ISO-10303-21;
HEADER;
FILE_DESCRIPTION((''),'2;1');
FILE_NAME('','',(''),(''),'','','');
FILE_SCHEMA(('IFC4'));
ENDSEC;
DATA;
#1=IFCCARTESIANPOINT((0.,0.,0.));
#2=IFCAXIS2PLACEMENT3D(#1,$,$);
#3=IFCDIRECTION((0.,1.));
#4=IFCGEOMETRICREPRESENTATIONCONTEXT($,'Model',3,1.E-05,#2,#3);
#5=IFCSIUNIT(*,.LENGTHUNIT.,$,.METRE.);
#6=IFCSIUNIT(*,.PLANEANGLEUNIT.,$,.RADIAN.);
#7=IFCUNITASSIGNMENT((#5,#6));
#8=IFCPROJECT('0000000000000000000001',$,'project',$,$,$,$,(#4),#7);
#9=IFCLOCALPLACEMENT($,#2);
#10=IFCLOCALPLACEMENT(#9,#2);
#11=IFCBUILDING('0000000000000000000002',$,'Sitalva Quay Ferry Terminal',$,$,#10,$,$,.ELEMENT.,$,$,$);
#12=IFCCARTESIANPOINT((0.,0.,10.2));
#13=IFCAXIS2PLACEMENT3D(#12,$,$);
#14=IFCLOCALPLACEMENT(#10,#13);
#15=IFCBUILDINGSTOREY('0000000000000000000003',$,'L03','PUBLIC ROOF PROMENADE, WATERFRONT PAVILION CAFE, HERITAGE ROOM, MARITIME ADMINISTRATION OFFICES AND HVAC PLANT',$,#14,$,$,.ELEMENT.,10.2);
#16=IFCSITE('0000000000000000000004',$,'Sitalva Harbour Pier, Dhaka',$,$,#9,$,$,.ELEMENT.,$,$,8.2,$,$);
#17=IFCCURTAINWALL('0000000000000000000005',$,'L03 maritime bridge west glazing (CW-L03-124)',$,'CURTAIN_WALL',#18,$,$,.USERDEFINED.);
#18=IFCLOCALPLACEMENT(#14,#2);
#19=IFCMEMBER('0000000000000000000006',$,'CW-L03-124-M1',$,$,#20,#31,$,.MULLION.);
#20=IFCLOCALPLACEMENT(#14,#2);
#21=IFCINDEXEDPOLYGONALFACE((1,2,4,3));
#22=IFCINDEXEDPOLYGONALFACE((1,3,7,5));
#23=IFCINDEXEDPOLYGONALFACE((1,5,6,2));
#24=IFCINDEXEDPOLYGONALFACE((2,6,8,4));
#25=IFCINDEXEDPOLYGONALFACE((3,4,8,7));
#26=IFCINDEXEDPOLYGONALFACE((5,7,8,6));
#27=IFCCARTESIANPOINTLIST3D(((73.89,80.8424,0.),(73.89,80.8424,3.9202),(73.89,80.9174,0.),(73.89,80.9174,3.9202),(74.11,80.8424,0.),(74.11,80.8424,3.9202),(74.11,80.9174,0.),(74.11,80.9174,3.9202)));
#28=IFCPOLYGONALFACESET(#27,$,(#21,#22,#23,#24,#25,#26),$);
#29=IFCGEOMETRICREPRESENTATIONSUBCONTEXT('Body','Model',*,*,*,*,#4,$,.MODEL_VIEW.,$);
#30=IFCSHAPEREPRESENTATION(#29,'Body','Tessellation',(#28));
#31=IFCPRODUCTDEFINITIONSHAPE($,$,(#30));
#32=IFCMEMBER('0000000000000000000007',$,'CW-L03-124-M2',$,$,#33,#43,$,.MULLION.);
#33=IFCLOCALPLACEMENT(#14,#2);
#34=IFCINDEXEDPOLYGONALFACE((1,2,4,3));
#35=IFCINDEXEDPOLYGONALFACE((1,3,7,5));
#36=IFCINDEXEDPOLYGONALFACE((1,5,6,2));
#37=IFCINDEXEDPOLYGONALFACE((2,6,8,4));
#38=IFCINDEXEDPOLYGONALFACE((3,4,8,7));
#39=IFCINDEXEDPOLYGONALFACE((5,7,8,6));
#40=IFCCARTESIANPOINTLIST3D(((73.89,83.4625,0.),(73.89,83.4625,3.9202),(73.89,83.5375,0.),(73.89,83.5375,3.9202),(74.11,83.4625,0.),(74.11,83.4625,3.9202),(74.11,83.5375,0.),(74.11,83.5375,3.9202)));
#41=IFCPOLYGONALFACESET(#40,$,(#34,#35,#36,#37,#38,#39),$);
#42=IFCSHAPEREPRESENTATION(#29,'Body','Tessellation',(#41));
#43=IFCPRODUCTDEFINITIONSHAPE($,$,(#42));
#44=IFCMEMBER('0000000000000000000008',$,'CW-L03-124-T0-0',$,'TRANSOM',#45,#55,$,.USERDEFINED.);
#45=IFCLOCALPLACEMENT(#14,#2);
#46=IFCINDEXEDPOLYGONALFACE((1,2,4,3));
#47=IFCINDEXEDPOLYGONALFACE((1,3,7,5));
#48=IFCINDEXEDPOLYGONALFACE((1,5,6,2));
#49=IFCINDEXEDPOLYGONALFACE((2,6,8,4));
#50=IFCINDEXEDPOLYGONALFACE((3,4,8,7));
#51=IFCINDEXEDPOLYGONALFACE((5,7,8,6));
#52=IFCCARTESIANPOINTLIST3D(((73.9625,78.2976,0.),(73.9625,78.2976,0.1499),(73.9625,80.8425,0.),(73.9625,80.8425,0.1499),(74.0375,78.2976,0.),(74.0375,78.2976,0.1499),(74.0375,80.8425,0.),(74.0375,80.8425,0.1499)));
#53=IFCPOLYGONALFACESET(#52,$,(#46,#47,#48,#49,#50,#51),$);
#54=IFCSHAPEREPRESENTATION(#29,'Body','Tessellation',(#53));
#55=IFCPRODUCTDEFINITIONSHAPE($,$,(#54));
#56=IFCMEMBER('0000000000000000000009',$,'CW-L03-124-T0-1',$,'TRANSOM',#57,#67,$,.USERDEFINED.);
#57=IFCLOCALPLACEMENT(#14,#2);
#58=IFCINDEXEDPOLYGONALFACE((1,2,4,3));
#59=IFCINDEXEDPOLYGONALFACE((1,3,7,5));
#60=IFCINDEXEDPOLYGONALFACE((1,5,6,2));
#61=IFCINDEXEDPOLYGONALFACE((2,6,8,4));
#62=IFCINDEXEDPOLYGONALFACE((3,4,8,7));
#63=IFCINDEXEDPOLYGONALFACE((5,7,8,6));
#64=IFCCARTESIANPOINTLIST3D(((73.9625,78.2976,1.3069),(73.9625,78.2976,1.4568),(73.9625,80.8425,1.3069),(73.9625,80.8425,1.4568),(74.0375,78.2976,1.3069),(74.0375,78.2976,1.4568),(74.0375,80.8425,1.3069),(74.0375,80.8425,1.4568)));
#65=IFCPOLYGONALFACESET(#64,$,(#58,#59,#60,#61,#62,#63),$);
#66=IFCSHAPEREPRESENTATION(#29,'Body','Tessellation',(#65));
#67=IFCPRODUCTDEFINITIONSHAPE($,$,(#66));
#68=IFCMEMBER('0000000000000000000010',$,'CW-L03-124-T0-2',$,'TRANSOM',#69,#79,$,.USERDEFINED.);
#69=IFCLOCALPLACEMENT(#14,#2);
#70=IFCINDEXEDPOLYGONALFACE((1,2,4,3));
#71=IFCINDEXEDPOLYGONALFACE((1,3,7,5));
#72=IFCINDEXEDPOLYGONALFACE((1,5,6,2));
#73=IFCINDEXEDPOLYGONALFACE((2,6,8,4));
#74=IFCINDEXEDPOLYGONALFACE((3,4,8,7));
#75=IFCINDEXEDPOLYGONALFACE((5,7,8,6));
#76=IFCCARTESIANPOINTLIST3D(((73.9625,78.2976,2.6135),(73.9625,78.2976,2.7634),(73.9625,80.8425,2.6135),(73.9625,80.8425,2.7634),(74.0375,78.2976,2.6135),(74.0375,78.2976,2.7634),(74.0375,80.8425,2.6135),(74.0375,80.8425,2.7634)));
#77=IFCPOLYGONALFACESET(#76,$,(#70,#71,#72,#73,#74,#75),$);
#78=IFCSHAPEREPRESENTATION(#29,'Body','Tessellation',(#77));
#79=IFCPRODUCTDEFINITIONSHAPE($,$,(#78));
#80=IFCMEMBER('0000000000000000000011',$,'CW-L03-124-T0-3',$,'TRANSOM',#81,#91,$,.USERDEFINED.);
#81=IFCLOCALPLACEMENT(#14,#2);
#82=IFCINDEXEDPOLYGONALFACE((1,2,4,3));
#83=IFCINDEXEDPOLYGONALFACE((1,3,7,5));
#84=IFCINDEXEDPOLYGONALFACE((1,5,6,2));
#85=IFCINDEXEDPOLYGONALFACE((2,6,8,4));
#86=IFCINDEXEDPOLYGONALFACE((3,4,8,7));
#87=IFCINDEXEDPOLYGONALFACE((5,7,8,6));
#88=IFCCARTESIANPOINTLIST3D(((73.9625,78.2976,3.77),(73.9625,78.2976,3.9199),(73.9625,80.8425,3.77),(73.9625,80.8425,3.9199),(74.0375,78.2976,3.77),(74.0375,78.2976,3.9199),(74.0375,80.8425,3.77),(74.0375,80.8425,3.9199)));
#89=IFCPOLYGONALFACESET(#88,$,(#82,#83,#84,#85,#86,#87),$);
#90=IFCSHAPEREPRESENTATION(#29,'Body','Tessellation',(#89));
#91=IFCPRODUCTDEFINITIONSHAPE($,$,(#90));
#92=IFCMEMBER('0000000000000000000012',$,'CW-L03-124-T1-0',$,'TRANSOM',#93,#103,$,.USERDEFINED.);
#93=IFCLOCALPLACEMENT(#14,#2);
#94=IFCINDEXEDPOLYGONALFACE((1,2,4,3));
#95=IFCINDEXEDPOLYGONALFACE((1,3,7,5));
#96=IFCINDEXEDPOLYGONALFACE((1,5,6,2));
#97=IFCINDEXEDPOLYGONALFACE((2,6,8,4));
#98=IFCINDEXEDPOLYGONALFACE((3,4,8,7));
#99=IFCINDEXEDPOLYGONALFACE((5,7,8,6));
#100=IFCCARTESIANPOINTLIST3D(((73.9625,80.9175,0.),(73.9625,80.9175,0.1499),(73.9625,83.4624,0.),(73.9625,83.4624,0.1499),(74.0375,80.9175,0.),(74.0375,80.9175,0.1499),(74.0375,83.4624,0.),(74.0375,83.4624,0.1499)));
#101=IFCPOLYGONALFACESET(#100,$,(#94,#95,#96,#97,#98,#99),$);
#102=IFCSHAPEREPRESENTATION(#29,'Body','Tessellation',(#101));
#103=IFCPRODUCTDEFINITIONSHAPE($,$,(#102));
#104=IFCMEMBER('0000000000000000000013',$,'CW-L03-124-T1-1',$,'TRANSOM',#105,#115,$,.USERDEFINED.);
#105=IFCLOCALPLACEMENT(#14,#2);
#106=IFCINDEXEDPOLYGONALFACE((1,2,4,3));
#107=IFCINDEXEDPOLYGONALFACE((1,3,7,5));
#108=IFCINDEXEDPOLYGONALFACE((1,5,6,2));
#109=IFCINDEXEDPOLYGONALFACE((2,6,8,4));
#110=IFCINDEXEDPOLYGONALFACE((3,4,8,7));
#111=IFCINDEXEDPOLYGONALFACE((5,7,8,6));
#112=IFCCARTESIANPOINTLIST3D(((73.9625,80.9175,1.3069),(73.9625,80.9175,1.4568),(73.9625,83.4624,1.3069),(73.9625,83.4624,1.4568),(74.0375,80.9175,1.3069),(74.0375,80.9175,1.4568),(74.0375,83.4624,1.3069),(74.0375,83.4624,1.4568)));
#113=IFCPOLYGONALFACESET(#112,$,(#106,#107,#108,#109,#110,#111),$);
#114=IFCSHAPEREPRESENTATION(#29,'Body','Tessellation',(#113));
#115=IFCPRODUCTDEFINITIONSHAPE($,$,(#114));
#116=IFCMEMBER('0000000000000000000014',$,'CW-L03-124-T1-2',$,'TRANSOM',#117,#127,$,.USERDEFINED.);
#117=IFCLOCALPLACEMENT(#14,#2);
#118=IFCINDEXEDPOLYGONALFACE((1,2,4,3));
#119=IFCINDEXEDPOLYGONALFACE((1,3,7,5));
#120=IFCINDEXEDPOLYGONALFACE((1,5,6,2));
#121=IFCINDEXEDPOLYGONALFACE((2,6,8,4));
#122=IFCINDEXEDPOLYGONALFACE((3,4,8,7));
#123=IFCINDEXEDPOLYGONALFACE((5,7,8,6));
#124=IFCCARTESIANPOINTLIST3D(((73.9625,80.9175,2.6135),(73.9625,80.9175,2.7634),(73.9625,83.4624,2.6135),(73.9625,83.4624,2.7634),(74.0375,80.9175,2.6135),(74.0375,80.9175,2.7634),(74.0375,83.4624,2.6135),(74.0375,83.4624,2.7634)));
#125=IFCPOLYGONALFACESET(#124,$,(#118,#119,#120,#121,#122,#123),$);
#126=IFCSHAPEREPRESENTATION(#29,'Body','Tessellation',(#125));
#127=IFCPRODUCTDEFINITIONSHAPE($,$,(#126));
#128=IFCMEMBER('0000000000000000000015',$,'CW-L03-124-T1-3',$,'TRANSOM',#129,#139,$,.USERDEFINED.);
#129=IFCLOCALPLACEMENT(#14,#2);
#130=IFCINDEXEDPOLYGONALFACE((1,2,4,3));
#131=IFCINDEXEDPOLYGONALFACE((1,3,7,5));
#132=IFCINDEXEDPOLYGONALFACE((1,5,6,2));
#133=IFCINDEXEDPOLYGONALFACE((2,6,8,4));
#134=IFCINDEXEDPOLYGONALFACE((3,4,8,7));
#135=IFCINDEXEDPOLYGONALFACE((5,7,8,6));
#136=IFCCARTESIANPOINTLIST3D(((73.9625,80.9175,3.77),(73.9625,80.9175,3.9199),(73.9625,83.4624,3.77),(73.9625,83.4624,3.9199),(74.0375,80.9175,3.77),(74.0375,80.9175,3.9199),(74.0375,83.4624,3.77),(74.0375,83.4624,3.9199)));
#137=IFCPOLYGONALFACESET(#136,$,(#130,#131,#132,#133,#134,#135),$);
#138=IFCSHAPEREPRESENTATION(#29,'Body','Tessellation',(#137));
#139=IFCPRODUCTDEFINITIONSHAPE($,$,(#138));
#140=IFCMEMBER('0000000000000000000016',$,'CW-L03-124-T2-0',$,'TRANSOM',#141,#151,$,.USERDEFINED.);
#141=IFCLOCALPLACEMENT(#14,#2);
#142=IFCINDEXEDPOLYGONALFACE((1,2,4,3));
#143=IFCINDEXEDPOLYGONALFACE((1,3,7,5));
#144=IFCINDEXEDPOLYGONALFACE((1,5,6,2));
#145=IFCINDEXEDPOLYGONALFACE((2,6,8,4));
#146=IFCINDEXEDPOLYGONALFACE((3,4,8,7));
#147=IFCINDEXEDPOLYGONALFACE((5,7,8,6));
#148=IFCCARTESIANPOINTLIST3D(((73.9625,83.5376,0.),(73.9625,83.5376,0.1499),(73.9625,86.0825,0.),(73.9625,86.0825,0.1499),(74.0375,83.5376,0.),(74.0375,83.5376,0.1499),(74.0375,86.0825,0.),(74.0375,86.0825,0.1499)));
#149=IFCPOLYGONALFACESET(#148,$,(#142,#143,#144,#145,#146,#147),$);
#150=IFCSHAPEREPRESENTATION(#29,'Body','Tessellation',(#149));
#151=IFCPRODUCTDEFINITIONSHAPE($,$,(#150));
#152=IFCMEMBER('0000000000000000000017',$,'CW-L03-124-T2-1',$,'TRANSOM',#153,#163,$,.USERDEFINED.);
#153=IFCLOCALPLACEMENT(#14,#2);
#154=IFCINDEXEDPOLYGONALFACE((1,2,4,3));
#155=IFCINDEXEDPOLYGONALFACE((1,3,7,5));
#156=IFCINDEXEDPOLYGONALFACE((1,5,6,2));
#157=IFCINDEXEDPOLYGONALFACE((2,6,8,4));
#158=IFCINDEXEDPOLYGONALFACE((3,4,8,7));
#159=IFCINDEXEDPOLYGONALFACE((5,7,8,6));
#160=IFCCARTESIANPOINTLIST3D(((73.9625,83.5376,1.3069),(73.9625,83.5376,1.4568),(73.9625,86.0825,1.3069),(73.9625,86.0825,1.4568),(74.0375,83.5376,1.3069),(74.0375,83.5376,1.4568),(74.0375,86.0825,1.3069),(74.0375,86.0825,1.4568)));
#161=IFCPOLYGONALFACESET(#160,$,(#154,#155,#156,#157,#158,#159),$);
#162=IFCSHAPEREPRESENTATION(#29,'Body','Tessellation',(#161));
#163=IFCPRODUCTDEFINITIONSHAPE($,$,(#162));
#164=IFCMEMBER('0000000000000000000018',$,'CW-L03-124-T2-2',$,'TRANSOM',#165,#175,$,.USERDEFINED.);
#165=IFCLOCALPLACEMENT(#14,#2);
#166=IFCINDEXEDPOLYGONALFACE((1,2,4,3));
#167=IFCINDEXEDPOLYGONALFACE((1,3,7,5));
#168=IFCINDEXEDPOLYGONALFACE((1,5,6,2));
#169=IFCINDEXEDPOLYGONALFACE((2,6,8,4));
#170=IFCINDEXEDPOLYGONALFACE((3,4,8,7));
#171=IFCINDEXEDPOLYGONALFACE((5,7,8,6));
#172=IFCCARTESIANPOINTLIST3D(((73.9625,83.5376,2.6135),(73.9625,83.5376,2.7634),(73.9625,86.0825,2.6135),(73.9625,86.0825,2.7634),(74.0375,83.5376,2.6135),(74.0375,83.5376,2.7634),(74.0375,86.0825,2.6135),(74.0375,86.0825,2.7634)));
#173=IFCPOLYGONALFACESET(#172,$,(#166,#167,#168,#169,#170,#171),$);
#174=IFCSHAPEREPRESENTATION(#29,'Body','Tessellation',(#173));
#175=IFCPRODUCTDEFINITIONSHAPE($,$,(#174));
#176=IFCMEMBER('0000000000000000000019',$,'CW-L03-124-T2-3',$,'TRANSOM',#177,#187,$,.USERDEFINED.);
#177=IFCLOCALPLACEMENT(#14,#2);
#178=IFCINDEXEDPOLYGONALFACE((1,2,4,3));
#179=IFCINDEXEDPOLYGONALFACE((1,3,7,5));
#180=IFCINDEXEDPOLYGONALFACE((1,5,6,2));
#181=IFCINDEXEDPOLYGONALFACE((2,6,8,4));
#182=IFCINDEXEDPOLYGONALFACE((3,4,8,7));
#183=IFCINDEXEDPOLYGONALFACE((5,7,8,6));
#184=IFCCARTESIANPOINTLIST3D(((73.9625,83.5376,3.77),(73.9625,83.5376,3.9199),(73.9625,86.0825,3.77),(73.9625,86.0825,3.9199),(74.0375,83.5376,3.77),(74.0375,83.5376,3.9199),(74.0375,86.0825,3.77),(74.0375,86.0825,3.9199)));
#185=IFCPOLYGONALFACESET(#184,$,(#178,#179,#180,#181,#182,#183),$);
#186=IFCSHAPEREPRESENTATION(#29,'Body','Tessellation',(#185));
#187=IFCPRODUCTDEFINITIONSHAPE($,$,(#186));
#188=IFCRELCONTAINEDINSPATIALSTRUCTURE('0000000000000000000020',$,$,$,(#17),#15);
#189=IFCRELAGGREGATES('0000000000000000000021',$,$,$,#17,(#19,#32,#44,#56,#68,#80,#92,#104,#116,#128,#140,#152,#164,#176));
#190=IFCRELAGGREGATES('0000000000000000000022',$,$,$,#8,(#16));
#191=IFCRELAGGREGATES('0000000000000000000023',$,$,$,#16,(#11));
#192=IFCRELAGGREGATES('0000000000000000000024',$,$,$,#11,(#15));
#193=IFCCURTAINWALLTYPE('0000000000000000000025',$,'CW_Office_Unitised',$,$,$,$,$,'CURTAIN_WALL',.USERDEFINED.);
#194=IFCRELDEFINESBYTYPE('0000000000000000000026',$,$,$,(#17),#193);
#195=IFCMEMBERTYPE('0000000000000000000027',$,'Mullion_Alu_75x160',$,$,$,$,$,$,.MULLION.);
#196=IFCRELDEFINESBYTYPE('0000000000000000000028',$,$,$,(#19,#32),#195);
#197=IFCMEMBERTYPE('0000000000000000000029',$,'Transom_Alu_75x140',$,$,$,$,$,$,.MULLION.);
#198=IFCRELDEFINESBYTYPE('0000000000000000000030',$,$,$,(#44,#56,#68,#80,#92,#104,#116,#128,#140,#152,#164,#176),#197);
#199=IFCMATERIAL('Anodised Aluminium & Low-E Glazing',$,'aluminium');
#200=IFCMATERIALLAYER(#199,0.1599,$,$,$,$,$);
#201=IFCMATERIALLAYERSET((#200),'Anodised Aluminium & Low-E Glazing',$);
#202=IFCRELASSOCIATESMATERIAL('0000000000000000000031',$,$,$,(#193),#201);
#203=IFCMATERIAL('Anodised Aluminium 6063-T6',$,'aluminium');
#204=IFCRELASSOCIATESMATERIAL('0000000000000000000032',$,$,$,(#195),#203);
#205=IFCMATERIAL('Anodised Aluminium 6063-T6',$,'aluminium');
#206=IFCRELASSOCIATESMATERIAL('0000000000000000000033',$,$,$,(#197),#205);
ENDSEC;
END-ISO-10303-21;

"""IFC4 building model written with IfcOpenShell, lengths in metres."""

from ifc_helpers import new_model, si_unit, direction, frame, origin, origin_2d, place, context, subcontext, project, spatial, rectangle, extrude, material, layer, layer_set, material_profile, profile_set, type_object, element, aggregate, save


model = new_model("IFC4")

# Units and contexts
model_context = context("Model", 3, precision=1e-05, world=origin(), true_north=direction((0.0, 1.0)))
body_context = subcontext(model_context, "Body", "Model", "MODEL_VIEW")
ifc_project = project(units=[si_unit("LENGTHUNIT", "METRE"), si_unit("PLANEANGLEUNIT", "RADIAN")], contexts=[model_context])

# Site, building, storey
site_placement = place(None, origin())
site = spatial("IfcSite", under=ifc_project, at=site_placement, Name="Sitalva Harbour Pier, Dhaka", CompositionType="ELEMENT", RefElevation=8.2)
building_placement = place(site_placement, origin())
building = spatial("IfcBuilding", under=site, at=building_placement, Name="Sitalva Quay Ferry Terminal", CompositionType="ELEMENT")
storey_placement = place(building_placement, frame((0.0, 0.0, 10.2)))
storey = spatial("IfcBuildingStorey", under=building, at=storey_placement, Name="L03", Description="PUBLIC ROOF PROMENADE, WATERFRONT PAVILION CAFE, HERITAGE ROOM, MARITIME ADMINISTRATION OFFICES AND HVAC PLANT", CompositionType="ELEMENT", Elevation=10.2)

# Curtain wall, members
ifc_material_1 = material(Name="Anodised Aluminium & Low-E Glazing", Category="aluminium")
ifc_layer_1 = layer(ifc_material_1, 0.1599)
ifc_layer_set_1 = layer_set([ifc_layer_1], Name="Anodised Aluminium & Low-E Glazing")
curtain_wall_type = type_object("IfcCurtainWallType", Name="CW_Office_Unitised", ElementType="CURTAIN_WALL", PredefinedType="USERDEFINED", material=ifc_layer_set_1)
curtain_wall_placement = place(storey_placement, origin())
curtain_wall = element("IfcCurtainWall", 1, at=curtain_wall_placement, inside=storey, type_object=curtain_wall_type, Name="L03 maritime bridge west glazing (CW-L03-124)", ObjectType="CURTAIN_WALL", PredefinedType="USERDEFINED")
ifc_material_2 = material(Name="Anodised Aluminium 6063-T6", Category="aluminium")
ifc_material_profile_1 = material_profile(ifc_material_2, rectangle(XDim=0.075, YDim=0.22, at=origin_2d()), Name="ALU75x220")
ifc_profile_set_1 = profile_set([ifc_material_profile_1], Name="Anodised Aluminium 6063-T6")
member_type_1 = type_object("IfcMemberType", Name="Mullion_Alu_75x160", PredefinedType="MULLION", material=ifc_profile_set_1)
member_1_placement = place(storey_placement, frame((74.0, 80.8799, 0.0), z_axis=(0.0, 0.0, 1.0), x_axis=(0.0, 1.0, 0.0)))
member_1 = element("IfcMember", 2, at=member_1_placement, type_object=member_type_1, Name="CW-L03-124-M1", PredefinedType="MULLION", context=body_context, shape_type="SweptSolid", body=[
    extrude(rectangle(XDim=0.075, YDim=0.22, at=origin_2d()), origin(), (0.0, 0.0, 1.0), 3.9202),
])
member_2_placement = place(storey_placement, frame((74.0, 83.5, 0.0), z_axis=(0.0, 0.0, 1.0), x_axis=(0.0, 1.0, 0.0)))
member_2 = element("IfcMember", 3, at=member_2_placement, type_object=member_type_1, Name="CW-L03-124-M2", PredefinedType="MULLION", context=body_context, shape_type="SweptSolid", body=[
    extrude(rectangle(XDim=0.075, YDim=0.22, at=origin_2d()), origin(), (0.0, 0.0, 1.0), 3.9202),
])
ifc_material_3 = material(Name="Anodised Aluminium 6063-T6", Category="aluminium")
ifc_material_profile_2 = material_profile(ifc_material_3, rectangle(XDim=0.075, YDim=0.1499, at=origin_2d()), Name="ALU75x150")
ifc_profile_set_2 = profile_set([ifc_material_profile_2], Name="Anodised Aluminium 6063-T6")
member_type_2 = type_object("IfcMemberType", Name="Transom_Alu_75x140", PredefinedType="MULLION", material=ifc_profile_set_2)
member_3_placement = place(storey_placement, frame((74.0, 78.2976, 0.075), z_axis=(0.0, 1.0, 0.0), x_axis=(-1.0, 0.0, 0.0)))
member_3 = element("IfcMember", 4, at=member_3_placement, type_object=member_type_2, Name="CW-L03-124-T0-0", ObjectType="TRANSOM", PredefinedType="USERDEFINED", context=body_context, shape_type="SweptSolid", body=[
    extrude(rectangle(XDim=0.075, YDim=0.1499, at=origin_2d()), origin(), (0.0, 0.0, 1.0), 2.5449),
])
member_4_placement = place(storey_placement, frame((74.0, 78.2976, 1.3818), z_axis=(0.0, 1.0, 0.0), x_axis=(-1.0, 0.0, 0.0)))
member_4 = element("IfcMember", 5, at=member_4_placement, type_object=member_type_2, Name="CW-L03-124-T0-1", ObjectType="TRANSOM", PredefinedType="USERDEFINED", context=body_context, shape_type="SweptSolid", body=[
    extrude(rectangle(XDim=0.075, YDim=0.1499, at=origin_2d()), origin(), (0.0, 0.0, 1.0), 2.5449),
])
member_5_placement = place(storey_placement, frame((74.0, 78.2976, 2.6885), z_axis=(0.0, 1.0, 0.0), x_axis=(-1.0, 0.0, 0.0)))
member_5 = element("IfcMember", 6, at=member_5_placement, type_object=member_type_2, Name="CW-L03-124-T0-2", ObjectType="TRANSOM", PredefinedType="USERDEFINED", context=body_context, shape_type="SweptSolid", body=[
    extrude(rectangle(XDim=0.075, YDim=0.1499, at=origin_2d()), origin(), (0.0, 0.0, 1.0), 2.5449),
])
member_6_placement = place(storey_placement, frame((74.0, 78.2976, 3.845), z_axis=(0.0, 1.0, 0.0), x_axis=(-1.0, 0.0, 0.0)))
member_6 = element("IfcMember", 7, at=member_6_placement, type_object=member_type_2, Name="CW-L03-124-T0-3", ObjectType="TRANSOM", PredefinedType="USERDEFINED", context=body_context, shape_type="SweptSolid", body=[
    extrude(rectangle(XDim=0.075, YDim=0.1499, at=origin_2d()), origin(), (0.0, 0.0, 1.0), 2.5449),
])
member_7_placement = place(storey_placement, frame((74.0, 80.9175, 0.075), z_axis=(0.0, 1.0, 0.0), x_axis=(-1.0, 0.0, 0.0)))
member_7 = element("IfcMember", 8, at=member_7_placement, type_object=member_type_2, Name="CW-L03-124-T1-0", ObjectType="TRANSOM", PredefinedType="USERDEFINED", context=body_context, shape_type="SweptSolid", body=[
    extrude(rectangle(XDim=0.075, YDim=0.1499, at=origin_2d()), origin(), (0.0, 0.0, 1.0), 2.5449),
])
member_8_placement = place(storey_placement, frame((74.0, 80.9175, 1.3818), z_axis=(0.0, 1.0, 0.0), x_axis=(-1.0, 0.0, 0.0)))
member_8 = element("IfcMember", 9, at=member_8_placement, type_object=member_type_2, Name="CW-L03-124-T1-1", ObjectType="TRANSOM", PredefinedType="USERDEFINED", context=body_context, shape_type="SweptSolid", body=[
    extrude(rectangle(XDim=0.075, YDim=0.1499, at=origin_2d()), origin(), (0.0, 0.0, 1.0), 2.5449),
])
member_9_placement = place(storey_placement, frame((74.0, 80.9175, 2.6885), z_axis=(0.0, 1.0, 0.0), x_axis=(-1.0, 0.0, 0.0)))
member_9 = element("IfcMember", 10, at=member_9_placement, type_object=member_type_2, Name="CW-L03-124-T1-2", ObjectType="TRANSOM", PredefinedType="USERDEFINED", context=body_context, shape_type="SweptSolid", body=[
    extrude(rectangle(XDim=0.075, YDim=0.1499, at=origin_2d()), origin(), (0.0, 0.0, 1.0), 2.5449),
])
member_10_placement = place(storey_placement, frame((74.0, 80.9175, 3.845), z_axis=(0.0, 1.0, 0.0), x_axis=(-1.0, 0.0, 0.0)))
member_10 = element("IfcMember", 11, at=member_10_placement, type_object=member_type_2, Name="CW-L03-124-T1-3", ObjectType="TRANSOM", PredefinedType="USERDEFINED", context=body_context, shape_type="SweptSolid", body=[
    extrude(rectangle(XDim=0.075, YDim=0.1499, at=origin_2d()), origin(), (0.0, 0.0, 1.0), 2.5449),
])
member_11_placement = place(storey_placement, frame((74.0, 83.5376, 0.075), z_axis=(0.0, 1.0, 0.0), x_axis=(-1.0, 0.0, 0.0)))
member_11 = element("IfcMember", 12, at=member_11_placement, type_object=member_type_2, Name="CW-L03-124-T2-0", ObjectType="TRANSOM", PredefinedType="USERDEFINED", context=body_context, shape_type="SweptSolid", body=[
    extrude(rectangle(XDim=0.075, YDim=0.1499, at=origin_2d()), origin(), (0.0, 0.0, 1.0), 2.5449),
])
member_12_placement = place(storey_placement, frame((74.0, 83.5376, 1.3818), z_axis=(0.0, 1.0, 0.0), x_axis=(-1.0, 0.0, 0.0)))
member_12 = element("IfcMember", 13, at=member_12_placement, type_object=member_type_2, Name="CW-L03-124-T2-1", ObjectType="TRANSOM", PredefinedType="USERDEFINED", context=body_context, shape_type="SweptSolid", body=[
    extrude(rectangle(XDim=0.075, YDim=0.1499, at=origin_2d()), origin(), (0.0, 0.0, 1.0), 2.5449),
])
member_13_placement = place(storey_placement, frame((74.0, 83.5376, 2.6885), z_axis=(0.0, 1.0, 0.0), x_axis=(-1.0, 0.0, 0.0)))
member_13 = element("IfcMember", 14, at=member_13_placement, type_object=member_type_2, Name="CW-L03-124-T2-2", ObjectType="TRANSOM", PredefinedType="USERDEFINED", context=body_context, shape_type="SweptSolid", body=[
    extrude(rectangle(XDim=0.075, YDim=0.1499, at=origin_2d()), origin(), (0.0, 0.0, 1.0), 2.5449),
])
member_14_placement = place(storey_placement, frame((74.0, 83.5376, 3.845), z_axis=(0.0, 1.0, 0.0), x_axis=(-1.0, 0.0, 0.0)))
member_14 = element("IfcMember", 15, at=member_14_placement, type_object=member_type_2, Name="CW-L03-124-T2-3", ObjectType="TRANSOM", PredefinedType="USERDEFINED", context=body_context, shape_type="SweptSolid", body=[
    extrude(rectangle(XDim=0.075, YDim=0.1499, at=origin_2d()), origin(), (0.0, 0.0, 1.0), 2.5449),
])
aggregate(curtain_wall, [member_1, member_2, member_3, member_4, member_5, member_6, member_7, member_8, member_9, member_10, member_11, member_12, member_13, member_14])

save(model, "model.ifc")
